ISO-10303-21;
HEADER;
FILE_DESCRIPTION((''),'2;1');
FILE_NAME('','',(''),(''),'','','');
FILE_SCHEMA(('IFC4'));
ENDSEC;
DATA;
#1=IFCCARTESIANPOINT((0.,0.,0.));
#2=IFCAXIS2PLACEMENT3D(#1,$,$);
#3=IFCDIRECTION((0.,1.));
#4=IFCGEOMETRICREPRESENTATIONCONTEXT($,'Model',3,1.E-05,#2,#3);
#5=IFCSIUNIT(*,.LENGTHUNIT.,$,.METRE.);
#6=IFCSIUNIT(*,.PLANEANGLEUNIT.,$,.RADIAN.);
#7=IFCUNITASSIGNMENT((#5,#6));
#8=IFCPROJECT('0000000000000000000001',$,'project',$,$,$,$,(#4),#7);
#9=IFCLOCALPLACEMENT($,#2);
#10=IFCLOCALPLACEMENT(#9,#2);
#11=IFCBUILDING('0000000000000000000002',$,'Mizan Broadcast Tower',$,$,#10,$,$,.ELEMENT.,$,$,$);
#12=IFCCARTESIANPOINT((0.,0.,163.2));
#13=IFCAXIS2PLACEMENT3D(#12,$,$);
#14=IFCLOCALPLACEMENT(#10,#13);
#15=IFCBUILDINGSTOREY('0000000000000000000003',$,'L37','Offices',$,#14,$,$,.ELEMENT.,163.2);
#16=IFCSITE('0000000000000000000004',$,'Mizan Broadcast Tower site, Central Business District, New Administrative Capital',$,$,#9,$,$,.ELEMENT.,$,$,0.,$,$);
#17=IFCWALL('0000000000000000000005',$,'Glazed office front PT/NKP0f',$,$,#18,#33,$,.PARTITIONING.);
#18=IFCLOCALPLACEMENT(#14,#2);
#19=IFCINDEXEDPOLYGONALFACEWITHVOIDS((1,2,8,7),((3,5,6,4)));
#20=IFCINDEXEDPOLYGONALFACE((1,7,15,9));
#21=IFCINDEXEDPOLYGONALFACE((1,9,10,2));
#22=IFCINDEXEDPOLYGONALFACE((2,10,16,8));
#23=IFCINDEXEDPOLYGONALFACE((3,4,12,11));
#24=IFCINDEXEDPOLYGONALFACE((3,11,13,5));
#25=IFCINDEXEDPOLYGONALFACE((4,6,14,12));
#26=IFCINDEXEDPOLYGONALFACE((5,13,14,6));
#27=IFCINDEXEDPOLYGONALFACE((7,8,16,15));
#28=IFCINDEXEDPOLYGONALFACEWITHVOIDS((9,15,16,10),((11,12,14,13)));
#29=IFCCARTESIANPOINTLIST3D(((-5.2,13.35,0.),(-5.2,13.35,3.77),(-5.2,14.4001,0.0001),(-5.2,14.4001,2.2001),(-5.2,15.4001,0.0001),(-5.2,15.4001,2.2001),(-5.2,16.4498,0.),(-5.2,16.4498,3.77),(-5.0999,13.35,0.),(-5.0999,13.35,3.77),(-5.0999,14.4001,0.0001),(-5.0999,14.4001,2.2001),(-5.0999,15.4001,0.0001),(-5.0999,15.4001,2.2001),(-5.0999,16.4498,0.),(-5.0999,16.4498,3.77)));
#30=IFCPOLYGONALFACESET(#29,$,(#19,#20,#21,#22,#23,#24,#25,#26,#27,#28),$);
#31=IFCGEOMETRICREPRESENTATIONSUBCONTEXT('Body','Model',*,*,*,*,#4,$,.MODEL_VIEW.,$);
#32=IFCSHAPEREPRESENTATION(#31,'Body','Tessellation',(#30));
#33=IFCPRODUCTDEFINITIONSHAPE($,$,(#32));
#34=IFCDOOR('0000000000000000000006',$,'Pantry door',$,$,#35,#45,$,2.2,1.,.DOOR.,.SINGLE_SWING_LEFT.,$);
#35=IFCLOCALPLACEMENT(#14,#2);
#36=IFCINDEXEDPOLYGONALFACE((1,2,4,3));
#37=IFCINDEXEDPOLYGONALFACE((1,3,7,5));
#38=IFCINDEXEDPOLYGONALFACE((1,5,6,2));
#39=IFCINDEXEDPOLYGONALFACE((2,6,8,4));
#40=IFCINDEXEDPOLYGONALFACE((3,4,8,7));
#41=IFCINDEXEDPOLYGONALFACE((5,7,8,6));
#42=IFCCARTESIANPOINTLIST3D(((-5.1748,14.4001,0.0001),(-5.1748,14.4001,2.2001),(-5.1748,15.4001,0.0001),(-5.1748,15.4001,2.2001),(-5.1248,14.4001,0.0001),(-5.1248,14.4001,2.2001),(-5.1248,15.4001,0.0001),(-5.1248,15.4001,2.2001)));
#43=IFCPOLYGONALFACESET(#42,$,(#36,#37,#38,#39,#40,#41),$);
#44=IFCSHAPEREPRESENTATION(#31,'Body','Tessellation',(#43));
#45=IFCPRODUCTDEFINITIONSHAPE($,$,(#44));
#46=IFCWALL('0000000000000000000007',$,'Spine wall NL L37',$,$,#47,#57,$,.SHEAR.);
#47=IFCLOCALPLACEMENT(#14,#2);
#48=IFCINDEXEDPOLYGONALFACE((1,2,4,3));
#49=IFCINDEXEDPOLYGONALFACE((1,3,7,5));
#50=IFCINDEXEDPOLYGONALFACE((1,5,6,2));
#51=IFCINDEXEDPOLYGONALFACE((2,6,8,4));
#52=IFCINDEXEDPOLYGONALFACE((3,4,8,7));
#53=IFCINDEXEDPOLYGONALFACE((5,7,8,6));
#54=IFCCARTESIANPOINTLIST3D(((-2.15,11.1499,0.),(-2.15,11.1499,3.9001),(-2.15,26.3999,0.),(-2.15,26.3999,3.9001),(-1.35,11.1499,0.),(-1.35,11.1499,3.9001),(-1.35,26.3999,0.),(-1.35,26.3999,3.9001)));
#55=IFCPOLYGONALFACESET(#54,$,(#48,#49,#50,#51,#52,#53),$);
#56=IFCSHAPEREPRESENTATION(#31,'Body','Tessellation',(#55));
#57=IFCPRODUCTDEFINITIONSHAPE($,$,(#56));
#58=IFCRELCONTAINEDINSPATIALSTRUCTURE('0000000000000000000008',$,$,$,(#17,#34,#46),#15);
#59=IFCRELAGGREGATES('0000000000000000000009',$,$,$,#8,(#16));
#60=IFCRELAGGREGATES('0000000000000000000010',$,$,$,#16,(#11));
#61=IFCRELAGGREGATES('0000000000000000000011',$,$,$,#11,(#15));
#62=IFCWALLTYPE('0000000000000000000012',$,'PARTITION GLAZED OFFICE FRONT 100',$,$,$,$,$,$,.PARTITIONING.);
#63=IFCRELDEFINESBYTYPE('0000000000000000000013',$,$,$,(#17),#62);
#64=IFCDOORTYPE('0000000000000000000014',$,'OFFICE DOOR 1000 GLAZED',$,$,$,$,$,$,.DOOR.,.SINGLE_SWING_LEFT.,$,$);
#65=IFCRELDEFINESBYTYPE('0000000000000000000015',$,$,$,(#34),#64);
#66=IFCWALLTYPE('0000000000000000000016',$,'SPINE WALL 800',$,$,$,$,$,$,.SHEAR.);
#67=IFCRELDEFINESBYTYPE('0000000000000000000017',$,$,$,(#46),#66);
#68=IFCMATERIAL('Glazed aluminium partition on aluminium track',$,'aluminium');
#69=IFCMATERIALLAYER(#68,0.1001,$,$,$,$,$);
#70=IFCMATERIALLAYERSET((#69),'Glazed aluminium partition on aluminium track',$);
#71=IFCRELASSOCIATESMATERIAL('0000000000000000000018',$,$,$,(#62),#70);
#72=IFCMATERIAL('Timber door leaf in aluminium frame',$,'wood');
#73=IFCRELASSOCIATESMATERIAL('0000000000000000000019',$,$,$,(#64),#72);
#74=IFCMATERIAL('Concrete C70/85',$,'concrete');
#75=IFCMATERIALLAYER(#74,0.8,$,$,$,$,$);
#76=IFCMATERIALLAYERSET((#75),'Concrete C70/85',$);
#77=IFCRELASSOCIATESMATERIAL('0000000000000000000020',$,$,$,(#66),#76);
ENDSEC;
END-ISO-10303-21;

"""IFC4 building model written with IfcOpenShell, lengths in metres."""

from ifc_helpers import new_model, si_unit, direction, frame, frame_2d, origin, place, context, subcontext, project, spatial, rectangle, extrude, material, layer, layer_set, type_object, element, fill, save


model = new_model("IFC4")

# Units and contexts
model_context = context("Model", 3, precision=1e-05, world=origin(), true_north=direction((0.0, 1.0)))
body_context = subcontext(model_context, "Body", "Model", "MODEL_VIEW")
ifc_project = project(units=[si_unit("LENGTHUNIT", "METRE"), si_unit("PLANEANGLEUNIT", "RADIAN")], contexts=[model_context])

# Site, building, storey
site_placement = place(None, origin())
site = spatial("IfcSite", under=ifc_project, at=site_placement, Name="Mizan Broadcast Tower site, Central Business District, New Administrative Capital", CompositionType="ELEMENT", RefElevation=0.0)
building_placement = place(site_placement, origin())
building = spatial("IfcBuilding", under=site, at=building_placement, Name="Mizan Broadcast Tower", CompositionType="ELEMENT")
storey_placement = place(building_placement, frame((0.0, 0.0, 163.2)))
storey = spatial("IfcBuildingStorey", under=building, at=storey_placement, Name="L37", Description="Offices", CompositionType="ELEMENT", Elevation=163.2)

# Shared definitions
ifc_material_1 = material(Name="Glazed aluminium partition on aluminium track", Category="aluminium")
ifc_layer_1 = layer(ifc_material_1, 0.1001)
ifc_layer_set_1 = layer_set([ifc_layer_1], Name="Glazed aluminium partition on aluminium track")
wall_type_1 = type_object("IfcWallType", Name="PARTITION GLAZED OFFICE FRONT 100", PredefinedType="PARTITIONING", material=ifc_layer_set_1)

# Wall, opening, door
wall_1_placement = place(storey_placement, frame((-5.1499, 13.3501, 0.0), z_axis=(0.0, 0.0, 1.0), x_axis=(0.0, 1.0, 0.0)))
wall_1 = element("IfcWall", 1, at=wall_1_placement, inside=storey, type_object=wall_type_1, Name="Glazed office front PT/NKP0f", PredefinedType="PARTITIONING", context=body_context, shape_type="SweptSolid", body=[
    extrude(rectangle(XDim=3.0999, YDim=0.1001, at=frame_2d((1.5498, 0.0))), origin(), (0.0, 0.0, 1.0), 3.77),
])
opening_1_placement = place(wall_1_placement, frame((1.05, 0.0, 0.0)))
opening_1 = element("IfcOpeningElement", 2, at=opening_1_placement, cuts=wall_1, PredefinedType="OPENING", context=body_context, shape_type="SweptSolid", body=[
    extrude(rectangle(XDim=1.0, YDim=2.2, at=frame_2d((0.5, 1.1001))), frame((0.0, 0.0601, 0.0), z_axis=(0.0, -1.0, 0.0), x_axis=(1.0, 0.0, 0.0)), (0.0, 0.0, 1.0), 0.1201),
])
ifc_material_2 = material(Name="Timber door leaf in aluminium frame", Category="wood")
door_type_1 = type_object("IfcDoorType", Name="OFFICE DOOR 1000 GLAZED", OperationType="SINGLE_SWING_LEFT", PredefinedType="DOOR", material=ifc_material_2)
door_1_placement = place(opening_1_placement, origin())
door_1 = element("IfcDoor", 3, at=door_1_placement, inside=storey, type_object=door_type_1, Name="Pantry door", OperationType="SINGLE_SWING_LEFT", OverallHeight=2.2, OverallWidth=1.0, PredefinedType="DOOR", context=body_context, shape_type="SweptSolid", body=[
    extrude(rectangle(XDim=1.0, YDim=2.2, at=frame_2d((0.5, 1.1001))), frame((0.0, 0.0249, 0.0), z_axis=(0.0, -1.0, 0.0), x_axis=(1.0, 0.0, 0.0)), (0.0, 0.0, 1.0), 0.05),
])
fill(opening_1, door_1)

# Wall
ifc_material_3 = material(Name="Concrete C70/85", Category="concrete")
ifc_layer_2 = layer(ifc_material_3, 0.8)
ifc_layer_set_2 = layer_set([ifc_layer_2], Name="Concrete C70/85")
wall_type_2 = type_object("IfcWallType", Name="SPINE WALL 800", PredefinedType="SHEAR", material=ifc_layer_set_2)
wall_2_placement = place(storey_placement, frame((-1.75, 11.1499, 0.0), z_axis=(0.0, 0.0, 1.0), x_axis=(0.0, 1.0, 0.0)))
element("IfcWall", 4, at=wall_2_placement, inside=storey, type_object=wall_type_2, Name="Spine wall NL L37", PredefinedType="SHEAR", context=body_context, shape_type="SweptSolid", body=[
    extrude(rectangle(XDim=15.25, YDim=0.8, at=frame_2d((7.625, 0.0))), origin(), (0.0, 0.0, 1.0), 3.9001),
])

save(model, "model.ifc")
